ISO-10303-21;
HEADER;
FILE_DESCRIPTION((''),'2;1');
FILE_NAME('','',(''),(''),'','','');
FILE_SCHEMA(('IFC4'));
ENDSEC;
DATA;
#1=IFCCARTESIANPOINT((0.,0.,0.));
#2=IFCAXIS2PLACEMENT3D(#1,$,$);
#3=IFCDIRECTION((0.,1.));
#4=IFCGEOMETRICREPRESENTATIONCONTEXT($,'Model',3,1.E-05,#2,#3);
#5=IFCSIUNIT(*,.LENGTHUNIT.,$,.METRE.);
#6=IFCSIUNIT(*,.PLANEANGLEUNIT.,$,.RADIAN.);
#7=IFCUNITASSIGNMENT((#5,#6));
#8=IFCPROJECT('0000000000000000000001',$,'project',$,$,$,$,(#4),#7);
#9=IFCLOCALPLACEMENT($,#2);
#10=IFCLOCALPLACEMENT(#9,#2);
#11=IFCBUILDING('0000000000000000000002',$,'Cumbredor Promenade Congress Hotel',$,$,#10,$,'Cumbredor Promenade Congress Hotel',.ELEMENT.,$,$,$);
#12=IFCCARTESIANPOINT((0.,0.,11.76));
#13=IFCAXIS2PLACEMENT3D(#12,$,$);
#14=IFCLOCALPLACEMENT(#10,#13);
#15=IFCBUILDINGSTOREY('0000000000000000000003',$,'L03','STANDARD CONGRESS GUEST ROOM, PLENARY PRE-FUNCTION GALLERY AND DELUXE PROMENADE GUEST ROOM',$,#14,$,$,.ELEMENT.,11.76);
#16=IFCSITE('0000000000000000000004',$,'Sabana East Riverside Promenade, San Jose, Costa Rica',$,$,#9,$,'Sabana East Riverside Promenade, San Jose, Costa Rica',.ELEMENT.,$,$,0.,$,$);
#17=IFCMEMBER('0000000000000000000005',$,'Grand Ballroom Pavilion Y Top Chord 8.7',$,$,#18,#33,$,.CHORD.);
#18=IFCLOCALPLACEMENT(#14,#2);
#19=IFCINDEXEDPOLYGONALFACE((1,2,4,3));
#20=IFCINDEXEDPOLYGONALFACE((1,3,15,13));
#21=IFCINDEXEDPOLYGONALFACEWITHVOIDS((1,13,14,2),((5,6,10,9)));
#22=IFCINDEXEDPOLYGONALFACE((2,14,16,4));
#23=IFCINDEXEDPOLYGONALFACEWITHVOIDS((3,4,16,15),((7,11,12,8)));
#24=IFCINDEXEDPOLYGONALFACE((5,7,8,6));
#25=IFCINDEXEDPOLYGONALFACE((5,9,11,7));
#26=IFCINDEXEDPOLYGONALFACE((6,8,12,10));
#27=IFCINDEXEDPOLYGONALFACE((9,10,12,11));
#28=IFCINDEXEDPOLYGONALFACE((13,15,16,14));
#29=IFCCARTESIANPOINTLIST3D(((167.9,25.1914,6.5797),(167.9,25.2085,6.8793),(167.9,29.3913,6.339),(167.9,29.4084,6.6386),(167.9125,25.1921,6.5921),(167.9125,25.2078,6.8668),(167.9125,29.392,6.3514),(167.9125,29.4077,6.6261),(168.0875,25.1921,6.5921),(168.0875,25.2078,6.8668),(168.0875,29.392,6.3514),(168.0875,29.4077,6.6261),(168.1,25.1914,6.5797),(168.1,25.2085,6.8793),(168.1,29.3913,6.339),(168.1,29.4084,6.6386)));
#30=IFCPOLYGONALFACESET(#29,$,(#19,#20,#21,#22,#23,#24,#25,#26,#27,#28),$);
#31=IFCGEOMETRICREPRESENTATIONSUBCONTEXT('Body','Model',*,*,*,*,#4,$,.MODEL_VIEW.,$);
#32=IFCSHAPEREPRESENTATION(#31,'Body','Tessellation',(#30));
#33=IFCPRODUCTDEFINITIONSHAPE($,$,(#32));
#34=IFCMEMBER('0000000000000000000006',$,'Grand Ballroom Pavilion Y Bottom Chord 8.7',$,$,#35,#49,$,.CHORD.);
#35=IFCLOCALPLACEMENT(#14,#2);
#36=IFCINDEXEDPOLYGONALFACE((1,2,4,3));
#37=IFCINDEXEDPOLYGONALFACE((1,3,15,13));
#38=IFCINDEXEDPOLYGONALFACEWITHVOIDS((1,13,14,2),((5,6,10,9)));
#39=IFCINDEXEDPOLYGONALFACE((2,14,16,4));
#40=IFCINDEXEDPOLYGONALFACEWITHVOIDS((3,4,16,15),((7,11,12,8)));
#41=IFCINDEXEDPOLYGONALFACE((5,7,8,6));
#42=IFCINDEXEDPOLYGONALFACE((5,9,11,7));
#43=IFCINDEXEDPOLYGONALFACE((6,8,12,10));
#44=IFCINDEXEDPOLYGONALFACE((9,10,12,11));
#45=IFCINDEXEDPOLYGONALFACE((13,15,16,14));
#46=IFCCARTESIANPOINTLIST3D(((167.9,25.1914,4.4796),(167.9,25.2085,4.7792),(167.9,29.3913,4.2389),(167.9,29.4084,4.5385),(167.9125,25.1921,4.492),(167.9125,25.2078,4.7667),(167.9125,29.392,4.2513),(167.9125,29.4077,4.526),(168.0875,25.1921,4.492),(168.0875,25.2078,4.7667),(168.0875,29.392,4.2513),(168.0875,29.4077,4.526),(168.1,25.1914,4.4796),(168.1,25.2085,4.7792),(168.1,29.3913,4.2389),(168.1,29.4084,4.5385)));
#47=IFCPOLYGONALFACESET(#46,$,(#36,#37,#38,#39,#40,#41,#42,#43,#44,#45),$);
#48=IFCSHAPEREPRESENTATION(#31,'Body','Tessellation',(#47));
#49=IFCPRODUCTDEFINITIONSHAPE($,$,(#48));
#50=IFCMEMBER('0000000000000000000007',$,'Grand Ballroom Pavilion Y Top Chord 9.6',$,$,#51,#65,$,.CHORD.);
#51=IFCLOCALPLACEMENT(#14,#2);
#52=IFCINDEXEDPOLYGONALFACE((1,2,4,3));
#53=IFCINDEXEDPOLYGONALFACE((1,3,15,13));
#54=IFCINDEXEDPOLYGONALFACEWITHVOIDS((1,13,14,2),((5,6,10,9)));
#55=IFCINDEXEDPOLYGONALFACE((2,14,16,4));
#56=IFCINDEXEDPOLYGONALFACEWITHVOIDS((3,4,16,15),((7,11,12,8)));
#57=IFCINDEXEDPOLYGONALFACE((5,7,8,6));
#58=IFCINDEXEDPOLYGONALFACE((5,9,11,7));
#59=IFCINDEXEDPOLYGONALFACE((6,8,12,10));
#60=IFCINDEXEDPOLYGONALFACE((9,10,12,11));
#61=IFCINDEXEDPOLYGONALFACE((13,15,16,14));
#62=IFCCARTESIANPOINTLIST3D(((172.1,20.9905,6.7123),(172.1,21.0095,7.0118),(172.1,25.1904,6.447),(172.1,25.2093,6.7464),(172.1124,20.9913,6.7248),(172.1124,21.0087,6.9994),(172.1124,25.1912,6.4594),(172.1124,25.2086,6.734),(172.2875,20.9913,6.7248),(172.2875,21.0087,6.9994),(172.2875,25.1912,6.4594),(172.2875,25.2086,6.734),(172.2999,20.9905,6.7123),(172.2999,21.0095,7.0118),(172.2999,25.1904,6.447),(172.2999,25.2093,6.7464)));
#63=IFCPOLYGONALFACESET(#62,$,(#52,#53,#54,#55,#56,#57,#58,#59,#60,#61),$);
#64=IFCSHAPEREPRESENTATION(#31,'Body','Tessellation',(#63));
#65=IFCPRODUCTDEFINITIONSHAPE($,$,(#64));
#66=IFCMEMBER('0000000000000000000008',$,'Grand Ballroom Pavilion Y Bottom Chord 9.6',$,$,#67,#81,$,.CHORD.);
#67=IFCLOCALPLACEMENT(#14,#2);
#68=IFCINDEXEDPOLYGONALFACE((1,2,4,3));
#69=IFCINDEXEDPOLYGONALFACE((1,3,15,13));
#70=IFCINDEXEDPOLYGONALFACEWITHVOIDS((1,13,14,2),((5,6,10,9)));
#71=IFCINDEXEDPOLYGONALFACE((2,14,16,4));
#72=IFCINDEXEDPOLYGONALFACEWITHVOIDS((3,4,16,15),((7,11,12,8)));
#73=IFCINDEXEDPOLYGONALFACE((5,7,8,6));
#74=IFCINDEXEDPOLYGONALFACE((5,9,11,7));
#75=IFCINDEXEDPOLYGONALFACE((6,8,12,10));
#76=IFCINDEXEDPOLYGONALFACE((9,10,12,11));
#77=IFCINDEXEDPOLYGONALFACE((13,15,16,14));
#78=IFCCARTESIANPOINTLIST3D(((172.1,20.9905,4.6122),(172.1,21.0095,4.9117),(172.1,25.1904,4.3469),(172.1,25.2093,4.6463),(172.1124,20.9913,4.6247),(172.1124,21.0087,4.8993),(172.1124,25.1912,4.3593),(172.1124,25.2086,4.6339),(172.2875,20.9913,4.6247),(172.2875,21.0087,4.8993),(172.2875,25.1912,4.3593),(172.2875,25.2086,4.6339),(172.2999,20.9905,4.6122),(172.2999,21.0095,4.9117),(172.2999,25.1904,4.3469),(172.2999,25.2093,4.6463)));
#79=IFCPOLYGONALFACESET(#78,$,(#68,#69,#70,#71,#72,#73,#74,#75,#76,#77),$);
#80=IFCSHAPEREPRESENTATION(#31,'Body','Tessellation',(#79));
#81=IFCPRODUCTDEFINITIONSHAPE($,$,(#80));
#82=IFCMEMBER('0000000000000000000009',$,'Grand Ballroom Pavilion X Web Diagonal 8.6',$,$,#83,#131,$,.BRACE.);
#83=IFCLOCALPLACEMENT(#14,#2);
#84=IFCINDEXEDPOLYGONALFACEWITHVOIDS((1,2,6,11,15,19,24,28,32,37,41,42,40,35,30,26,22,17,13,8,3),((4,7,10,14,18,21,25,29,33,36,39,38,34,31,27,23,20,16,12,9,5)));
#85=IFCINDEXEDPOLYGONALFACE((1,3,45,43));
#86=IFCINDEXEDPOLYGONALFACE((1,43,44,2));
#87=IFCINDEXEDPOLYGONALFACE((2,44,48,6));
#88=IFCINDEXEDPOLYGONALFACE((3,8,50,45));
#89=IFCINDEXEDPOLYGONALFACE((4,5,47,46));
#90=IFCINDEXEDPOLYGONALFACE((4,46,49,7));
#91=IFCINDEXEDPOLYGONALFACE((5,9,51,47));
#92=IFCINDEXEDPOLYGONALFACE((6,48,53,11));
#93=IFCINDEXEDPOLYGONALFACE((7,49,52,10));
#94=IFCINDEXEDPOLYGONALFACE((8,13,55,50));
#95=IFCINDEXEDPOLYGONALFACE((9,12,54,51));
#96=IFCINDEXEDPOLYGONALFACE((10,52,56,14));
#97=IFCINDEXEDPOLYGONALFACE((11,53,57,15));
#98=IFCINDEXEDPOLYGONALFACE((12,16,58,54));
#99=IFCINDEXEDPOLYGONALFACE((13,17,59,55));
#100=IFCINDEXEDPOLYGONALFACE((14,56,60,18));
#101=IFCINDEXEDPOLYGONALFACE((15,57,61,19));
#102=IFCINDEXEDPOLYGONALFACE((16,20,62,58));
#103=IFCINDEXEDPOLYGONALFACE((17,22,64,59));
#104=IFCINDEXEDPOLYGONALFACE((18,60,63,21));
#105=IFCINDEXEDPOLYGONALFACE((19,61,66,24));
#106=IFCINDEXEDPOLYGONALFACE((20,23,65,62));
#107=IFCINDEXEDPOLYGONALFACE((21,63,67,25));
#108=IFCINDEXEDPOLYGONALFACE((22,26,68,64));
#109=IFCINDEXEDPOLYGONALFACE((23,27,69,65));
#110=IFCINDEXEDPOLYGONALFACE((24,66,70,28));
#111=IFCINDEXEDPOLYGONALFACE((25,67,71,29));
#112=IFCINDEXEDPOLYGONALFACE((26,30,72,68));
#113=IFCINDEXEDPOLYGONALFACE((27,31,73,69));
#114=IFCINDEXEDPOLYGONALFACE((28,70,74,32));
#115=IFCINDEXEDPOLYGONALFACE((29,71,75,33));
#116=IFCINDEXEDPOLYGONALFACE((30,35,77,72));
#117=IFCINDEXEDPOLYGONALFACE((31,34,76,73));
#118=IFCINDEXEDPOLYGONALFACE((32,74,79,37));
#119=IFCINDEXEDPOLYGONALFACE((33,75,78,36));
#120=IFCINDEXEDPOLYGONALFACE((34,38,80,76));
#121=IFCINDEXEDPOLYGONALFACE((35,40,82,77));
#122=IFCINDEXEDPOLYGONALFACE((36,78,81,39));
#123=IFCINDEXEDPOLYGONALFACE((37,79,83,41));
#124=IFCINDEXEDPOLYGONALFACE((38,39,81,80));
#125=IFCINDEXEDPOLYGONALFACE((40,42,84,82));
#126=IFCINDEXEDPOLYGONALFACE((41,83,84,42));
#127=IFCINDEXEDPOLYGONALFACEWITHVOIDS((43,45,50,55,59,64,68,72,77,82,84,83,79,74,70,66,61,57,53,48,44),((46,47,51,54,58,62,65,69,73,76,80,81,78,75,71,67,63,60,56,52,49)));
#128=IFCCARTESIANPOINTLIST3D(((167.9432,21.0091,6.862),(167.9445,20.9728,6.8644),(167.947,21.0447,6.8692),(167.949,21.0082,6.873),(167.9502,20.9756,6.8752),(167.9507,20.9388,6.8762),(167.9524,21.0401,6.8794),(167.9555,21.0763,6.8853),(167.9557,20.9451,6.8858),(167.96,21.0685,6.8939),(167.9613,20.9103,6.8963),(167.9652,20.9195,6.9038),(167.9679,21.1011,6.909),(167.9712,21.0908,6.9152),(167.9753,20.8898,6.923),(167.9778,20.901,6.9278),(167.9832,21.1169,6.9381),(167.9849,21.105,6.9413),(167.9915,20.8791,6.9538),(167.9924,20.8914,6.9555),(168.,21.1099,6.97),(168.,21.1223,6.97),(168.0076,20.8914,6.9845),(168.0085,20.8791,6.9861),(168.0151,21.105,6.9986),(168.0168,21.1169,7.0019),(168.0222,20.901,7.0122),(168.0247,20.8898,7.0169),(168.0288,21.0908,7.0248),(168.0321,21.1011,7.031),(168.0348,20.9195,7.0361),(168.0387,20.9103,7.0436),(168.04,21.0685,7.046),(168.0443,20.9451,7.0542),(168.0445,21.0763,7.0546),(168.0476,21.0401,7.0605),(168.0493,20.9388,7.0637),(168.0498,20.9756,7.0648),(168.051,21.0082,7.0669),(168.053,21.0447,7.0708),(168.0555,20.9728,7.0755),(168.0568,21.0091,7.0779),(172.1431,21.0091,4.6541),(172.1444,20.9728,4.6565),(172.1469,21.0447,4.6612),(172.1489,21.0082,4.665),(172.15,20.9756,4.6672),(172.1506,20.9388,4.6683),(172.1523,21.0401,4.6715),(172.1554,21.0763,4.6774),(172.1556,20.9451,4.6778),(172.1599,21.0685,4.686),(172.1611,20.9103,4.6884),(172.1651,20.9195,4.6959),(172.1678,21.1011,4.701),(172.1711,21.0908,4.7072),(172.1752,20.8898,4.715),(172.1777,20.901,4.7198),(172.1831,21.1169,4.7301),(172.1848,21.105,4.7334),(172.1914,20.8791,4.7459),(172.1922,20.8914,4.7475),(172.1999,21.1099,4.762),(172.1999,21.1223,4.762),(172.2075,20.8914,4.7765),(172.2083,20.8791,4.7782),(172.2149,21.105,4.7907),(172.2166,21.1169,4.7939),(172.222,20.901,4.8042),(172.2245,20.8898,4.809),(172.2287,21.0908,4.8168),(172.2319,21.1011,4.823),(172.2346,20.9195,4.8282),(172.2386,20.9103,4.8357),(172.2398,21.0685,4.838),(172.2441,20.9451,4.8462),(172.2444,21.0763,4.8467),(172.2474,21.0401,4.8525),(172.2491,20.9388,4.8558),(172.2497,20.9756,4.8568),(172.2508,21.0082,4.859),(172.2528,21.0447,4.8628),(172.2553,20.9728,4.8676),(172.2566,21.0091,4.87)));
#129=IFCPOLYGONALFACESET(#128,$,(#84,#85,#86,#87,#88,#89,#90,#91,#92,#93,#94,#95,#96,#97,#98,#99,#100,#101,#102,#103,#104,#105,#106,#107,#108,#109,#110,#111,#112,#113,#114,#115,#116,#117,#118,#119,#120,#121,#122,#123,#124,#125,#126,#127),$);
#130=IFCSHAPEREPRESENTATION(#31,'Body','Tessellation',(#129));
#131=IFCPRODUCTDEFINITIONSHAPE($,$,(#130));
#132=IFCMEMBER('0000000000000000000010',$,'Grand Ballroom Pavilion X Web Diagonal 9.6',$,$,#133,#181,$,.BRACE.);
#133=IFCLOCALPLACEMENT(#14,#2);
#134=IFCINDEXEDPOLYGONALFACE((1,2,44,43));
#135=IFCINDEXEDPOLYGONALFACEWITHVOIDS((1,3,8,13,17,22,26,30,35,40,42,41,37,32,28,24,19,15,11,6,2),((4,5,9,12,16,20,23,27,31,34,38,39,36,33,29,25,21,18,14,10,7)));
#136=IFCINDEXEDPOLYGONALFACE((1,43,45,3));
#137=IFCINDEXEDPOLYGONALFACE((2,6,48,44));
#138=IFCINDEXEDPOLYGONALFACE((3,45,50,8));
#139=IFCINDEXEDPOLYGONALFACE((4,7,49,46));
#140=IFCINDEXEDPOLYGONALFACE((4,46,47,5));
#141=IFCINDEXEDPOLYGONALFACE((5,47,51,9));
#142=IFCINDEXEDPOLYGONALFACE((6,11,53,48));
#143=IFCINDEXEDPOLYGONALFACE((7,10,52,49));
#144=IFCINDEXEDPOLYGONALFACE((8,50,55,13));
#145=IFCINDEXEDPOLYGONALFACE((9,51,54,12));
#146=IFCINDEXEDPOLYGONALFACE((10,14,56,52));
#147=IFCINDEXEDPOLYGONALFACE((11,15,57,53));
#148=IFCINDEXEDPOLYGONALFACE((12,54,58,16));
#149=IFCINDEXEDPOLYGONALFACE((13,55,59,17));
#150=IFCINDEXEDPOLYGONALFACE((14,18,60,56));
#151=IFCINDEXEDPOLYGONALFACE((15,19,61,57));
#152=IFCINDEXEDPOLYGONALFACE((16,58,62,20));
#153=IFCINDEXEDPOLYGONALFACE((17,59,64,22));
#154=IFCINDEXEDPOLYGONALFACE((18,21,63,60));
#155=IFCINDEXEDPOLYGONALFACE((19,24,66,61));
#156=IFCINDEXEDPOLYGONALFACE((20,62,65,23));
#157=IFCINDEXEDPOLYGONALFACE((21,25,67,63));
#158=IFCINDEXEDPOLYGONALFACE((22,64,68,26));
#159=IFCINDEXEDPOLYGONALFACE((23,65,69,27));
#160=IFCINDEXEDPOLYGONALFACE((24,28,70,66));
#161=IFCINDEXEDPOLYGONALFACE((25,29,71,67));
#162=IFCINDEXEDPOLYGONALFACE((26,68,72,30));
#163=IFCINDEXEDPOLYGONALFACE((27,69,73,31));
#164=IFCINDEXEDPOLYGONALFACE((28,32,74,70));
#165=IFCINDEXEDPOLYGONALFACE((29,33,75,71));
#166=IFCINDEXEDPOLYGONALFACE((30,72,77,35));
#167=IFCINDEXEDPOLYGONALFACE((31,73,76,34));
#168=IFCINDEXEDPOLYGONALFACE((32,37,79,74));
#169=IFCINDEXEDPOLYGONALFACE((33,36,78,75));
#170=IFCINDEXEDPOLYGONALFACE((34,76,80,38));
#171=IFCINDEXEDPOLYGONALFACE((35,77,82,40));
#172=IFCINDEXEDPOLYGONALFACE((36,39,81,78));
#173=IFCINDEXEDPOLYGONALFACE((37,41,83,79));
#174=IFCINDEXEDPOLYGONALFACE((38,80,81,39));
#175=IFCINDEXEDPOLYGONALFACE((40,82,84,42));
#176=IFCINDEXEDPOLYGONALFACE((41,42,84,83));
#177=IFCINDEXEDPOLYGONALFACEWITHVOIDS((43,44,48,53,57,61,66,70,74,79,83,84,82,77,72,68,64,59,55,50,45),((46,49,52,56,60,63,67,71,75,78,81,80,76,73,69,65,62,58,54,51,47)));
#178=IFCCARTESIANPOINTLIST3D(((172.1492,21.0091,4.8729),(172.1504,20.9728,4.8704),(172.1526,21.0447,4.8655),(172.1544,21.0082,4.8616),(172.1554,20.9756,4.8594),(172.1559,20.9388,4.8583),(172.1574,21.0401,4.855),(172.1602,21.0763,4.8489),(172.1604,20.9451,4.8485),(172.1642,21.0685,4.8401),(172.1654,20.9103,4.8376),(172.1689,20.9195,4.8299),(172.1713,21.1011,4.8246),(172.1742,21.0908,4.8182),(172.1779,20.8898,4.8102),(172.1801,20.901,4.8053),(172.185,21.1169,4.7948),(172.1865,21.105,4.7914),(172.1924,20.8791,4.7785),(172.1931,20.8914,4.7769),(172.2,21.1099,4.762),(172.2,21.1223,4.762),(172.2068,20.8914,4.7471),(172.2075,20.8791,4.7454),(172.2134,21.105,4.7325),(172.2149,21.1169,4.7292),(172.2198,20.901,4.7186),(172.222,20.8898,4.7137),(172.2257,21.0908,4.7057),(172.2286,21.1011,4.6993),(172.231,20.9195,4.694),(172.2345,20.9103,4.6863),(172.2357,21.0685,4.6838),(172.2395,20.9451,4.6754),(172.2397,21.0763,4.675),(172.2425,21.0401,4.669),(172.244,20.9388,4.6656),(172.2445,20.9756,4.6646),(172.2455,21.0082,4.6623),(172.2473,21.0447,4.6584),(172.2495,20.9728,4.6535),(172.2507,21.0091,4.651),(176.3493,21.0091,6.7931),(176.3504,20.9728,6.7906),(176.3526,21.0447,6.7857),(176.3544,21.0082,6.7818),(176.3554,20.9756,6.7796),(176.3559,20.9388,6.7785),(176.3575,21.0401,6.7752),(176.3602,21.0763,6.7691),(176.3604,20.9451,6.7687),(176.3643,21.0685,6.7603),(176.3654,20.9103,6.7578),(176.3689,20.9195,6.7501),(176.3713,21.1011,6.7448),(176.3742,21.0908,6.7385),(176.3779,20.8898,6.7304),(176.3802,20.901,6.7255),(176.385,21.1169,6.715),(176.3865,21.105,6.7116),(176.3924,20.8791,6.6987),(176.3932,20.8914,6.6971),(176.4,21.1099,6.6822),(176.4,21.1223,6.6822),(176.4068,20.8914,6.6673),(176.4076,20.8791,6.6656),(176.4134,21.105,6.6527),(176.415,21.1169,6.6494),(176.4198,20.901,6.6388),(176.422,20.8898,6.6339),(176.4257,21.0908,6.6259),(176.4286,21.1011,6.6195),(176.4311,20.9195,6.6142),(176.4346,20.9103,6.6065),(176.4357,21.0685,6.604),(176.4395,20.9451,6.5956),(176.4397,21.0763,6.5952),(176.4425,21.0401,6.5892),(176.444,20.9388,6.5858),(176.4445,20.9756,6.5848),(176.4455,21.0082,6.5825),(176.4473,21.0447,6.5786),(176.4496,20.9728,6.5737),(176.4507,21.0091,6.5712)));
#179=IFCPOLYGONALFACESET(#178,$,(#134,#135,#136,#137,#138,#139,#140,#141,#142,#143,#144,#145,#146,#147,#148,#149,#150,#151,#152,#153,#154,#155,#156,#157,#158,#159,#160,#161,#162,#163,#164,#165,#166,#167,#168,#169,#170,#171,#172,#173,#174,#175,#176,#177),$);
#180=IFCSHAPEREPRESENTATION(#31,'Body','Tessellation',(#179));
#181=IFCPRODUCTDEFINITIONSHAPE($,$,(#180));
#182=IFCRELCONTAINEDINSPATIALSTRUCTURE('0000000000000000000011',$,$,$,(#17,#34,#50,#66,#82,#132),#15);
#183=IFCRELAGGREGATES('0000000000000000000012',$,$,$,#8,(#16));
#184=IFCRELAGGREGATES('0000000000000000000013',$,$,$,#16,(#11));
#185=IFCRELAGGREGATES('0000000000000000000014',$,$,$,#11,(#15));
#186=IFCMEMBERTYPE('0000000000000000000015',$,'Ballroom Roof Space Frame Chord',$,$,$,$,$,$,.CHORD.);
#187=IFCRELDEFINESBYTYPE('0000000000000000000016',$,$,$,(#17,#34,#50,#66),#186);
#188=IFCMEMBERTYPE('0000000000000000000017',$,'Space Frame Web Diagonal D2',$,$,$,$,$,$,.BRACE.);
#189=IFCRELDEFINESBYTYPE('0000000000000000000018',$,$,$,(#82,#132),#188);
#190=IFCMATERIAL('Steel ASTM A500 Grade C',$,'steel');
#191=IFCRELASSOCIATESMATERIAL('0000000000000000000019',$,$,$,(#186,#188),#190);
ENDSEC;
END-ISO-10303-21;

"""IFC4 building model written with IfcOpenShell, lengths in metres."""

from ifc_helpers import new_model, si_unit, direction, frame, origin, origin_2d, place, context, subcontext, project, spatial, hollow_rectangle, hollow_circle, extrude, material, material_profile, profile_set, type_object, element, save


model = new_model("IFC4")

# Units and contexts
model_context = context("Model", 3, precision=1e-05, world=origin(), true_north=direction((0.0, 1.0)))
body_context = subcontext(model_context, "Body", "Model", "MODEL_VIEW")
ifc_project = project(units=[si_unit("LENGTHUNIT", "METRE"), si_unit("PLANEANGLEUNIT", "RADIAN")], contexts=[model_context])

# Site, building, storey
site_placement = place(None, origin())
site = spatial("IfcSite", under=ifc_project, at=site_placement, Name="Sabana East Riverside Promenade, San Jose, Costa Rica", LongName="Sabana East Riverside Promenade, San Jose, Costa Rica", CompositionType="ELEMENT", RefElevation=0.0)
building_placement = place(site_placement, origin())
building = spatial("IfcBuilding", under=site, at=building_placement, Name="Cumbredor Promenade Congress Hotel", LongName="Cumbredor Promenade Congress Hotel", CompositionType="ELEMENT")
storey_placement = place(building_placement, frame((0.0, 0.0, 11.76)))
storey = spatial("IfcBuildingStorey", under=building, at=storey_placement, Name="L03", Description="STANDARD CONGRESS GUEST ROOM, PLENARY PRE-FUNCTION GALLERY AND DELUXE PROMENADE GUEST ROOM", CompositionType="ELEMENT", Elevation=11.76)

# Members
ifc_material_1 = material(Name="Steel ASTM A500 Grade C", Category="steel")
ifc_material_profile_1 = material_profile(ifc_material_1, hollow_rectangle(XDim=0.2, YDim=0.3, WallThickness=0.0125, at=origin_2d()), Name="HSS 300x200x12.5")
ifc_profile_set_1 = profile_set([ifc_material_profile_1], Name="Steel ASTM A500 Grade C")
member_type_1 = type_object("IfcMemberType", Name="Ballroom Roof Space Frame Chord", PredefinedType="CHORD", material=ifc_profile_set_1)
for number, where, z_axis, x_axis, name in (
    (1, (168.0, 25.2, 6.7295), (0.0, 0.998361, -0.057222), (-1.0, 0.0, 0.0), "Grand Ballroom Pavilion Y Top Chord 8.7"),
    (2, (168.0, 25.2, 4.6294), (0.0, 0.998361, -0.057222), (-1.0, 0.0, 0.0), "Grand Ballroom Pavilion Y Bottom Chord 8.7"),
):
    element("IfcMember", number, at=place(storey_placement, frame(where, z_axis=z_axis, x_axis=x_axis)), inside=storey, type_object=member_type_1, Name=name, PredefinedType="CHORD", context=body_context, shape_type="SweptSolid", body=[
        extrude(hollow_rectangle(XDim=0.2, YDim=0.3, WallThickness=0.0125, at=origin_2d()), origin(), (0.0, 0.0, 1.0), 4.2068),
    ])
for number, where, z_axis, x_axis, name in (
    (3, (172.2, 21.0, 6.8621), (0.0, 0.99801, -0.063061), (-1.0, 0.0, 0.0), "Grand Ballroom Pavilion Y Top Chord 9.6"),
    (4, (172.2, 21.0, 4.762), (0.0, 0.99801, -0.063061), (-1.0, 0.0, 0.0), "Grand Ballroom Pavilion Y Bottom Chord 9.6"),
):
    element("IfcMember", number, at=place(storey_placement, frame(where, z_axis=z_axis, x_axis=x_axis)), inside=storey, type_object=member_type_1, Name=name, PredefinedType="CHORD", context=body_context, shape_type="SweptSolid", body=[
        extrude(hollow_rectangle(XDim=0.2, YDim=0.3, WallThickness=0.0125, at=origin_2d()), origin(), (0.0, 0.0, 1.0), 4.2083),
    ])
ifc_material_profile_2 = material_profile(ifc_material_1, hollow_circle(Radius=0.1223, WallThickness=0.0125, at=origin_2d()), Name="CHS 244.5x12.5")
ifc_profile_set_2 = profile_set([ifc_material_profile_2], Name="Steel ASTM A500 Grade C")
member_type_2 = type_object("IfcMemberType", Name="Space Frame Web Diagonal D2", PredefinedType="BRACE", material=ifc_profile_set_2)
member_1_placement = place(storey_placement, frame((168.0, 21.0, 6.97), z_axis=(0.885135, 0.0, -0.465335), x_axis=(0.0, 1.0, 0.0)))
element("IfcMember", 5, at=member_1_placement, inside=storey, type_object=member_type_2, Name="Grand Ballroom Pavilion X Web Diagonal 8.6", PredefinedType="BRACE", context=body_context, shape_type="SweptSolid", body=[
    extrude(hollow_circle(Radius=0.1223, WallThickness=0.0125, at=origin_2d()), origin(), (0.0, 0.0, 1.0), 4.7449),
])
member_2_placement = place(storey_placement, frame((172.2, 21.0, 4.762), z_axis=(0.909459, 0.0, 0.415793), x_axis=(0.0, 1.0, 0.0)))
element("IfcMember", 6, at=member_2_placement, inside=storey, type_object=member_type_2, Name="Grand Ballroom Pavilion X Web Diagonal 9.6", PredefinedType="BRACE", context=body_context, shape_type="SweptSolid", body=[
    extrude(hollow_circle(Radius=0.1223, WallThickness=0.0125, at=origin_2d()), origin(), (0.0, 0.0, 1.0), 4.6182),
])

save(model, "model.ifc")
